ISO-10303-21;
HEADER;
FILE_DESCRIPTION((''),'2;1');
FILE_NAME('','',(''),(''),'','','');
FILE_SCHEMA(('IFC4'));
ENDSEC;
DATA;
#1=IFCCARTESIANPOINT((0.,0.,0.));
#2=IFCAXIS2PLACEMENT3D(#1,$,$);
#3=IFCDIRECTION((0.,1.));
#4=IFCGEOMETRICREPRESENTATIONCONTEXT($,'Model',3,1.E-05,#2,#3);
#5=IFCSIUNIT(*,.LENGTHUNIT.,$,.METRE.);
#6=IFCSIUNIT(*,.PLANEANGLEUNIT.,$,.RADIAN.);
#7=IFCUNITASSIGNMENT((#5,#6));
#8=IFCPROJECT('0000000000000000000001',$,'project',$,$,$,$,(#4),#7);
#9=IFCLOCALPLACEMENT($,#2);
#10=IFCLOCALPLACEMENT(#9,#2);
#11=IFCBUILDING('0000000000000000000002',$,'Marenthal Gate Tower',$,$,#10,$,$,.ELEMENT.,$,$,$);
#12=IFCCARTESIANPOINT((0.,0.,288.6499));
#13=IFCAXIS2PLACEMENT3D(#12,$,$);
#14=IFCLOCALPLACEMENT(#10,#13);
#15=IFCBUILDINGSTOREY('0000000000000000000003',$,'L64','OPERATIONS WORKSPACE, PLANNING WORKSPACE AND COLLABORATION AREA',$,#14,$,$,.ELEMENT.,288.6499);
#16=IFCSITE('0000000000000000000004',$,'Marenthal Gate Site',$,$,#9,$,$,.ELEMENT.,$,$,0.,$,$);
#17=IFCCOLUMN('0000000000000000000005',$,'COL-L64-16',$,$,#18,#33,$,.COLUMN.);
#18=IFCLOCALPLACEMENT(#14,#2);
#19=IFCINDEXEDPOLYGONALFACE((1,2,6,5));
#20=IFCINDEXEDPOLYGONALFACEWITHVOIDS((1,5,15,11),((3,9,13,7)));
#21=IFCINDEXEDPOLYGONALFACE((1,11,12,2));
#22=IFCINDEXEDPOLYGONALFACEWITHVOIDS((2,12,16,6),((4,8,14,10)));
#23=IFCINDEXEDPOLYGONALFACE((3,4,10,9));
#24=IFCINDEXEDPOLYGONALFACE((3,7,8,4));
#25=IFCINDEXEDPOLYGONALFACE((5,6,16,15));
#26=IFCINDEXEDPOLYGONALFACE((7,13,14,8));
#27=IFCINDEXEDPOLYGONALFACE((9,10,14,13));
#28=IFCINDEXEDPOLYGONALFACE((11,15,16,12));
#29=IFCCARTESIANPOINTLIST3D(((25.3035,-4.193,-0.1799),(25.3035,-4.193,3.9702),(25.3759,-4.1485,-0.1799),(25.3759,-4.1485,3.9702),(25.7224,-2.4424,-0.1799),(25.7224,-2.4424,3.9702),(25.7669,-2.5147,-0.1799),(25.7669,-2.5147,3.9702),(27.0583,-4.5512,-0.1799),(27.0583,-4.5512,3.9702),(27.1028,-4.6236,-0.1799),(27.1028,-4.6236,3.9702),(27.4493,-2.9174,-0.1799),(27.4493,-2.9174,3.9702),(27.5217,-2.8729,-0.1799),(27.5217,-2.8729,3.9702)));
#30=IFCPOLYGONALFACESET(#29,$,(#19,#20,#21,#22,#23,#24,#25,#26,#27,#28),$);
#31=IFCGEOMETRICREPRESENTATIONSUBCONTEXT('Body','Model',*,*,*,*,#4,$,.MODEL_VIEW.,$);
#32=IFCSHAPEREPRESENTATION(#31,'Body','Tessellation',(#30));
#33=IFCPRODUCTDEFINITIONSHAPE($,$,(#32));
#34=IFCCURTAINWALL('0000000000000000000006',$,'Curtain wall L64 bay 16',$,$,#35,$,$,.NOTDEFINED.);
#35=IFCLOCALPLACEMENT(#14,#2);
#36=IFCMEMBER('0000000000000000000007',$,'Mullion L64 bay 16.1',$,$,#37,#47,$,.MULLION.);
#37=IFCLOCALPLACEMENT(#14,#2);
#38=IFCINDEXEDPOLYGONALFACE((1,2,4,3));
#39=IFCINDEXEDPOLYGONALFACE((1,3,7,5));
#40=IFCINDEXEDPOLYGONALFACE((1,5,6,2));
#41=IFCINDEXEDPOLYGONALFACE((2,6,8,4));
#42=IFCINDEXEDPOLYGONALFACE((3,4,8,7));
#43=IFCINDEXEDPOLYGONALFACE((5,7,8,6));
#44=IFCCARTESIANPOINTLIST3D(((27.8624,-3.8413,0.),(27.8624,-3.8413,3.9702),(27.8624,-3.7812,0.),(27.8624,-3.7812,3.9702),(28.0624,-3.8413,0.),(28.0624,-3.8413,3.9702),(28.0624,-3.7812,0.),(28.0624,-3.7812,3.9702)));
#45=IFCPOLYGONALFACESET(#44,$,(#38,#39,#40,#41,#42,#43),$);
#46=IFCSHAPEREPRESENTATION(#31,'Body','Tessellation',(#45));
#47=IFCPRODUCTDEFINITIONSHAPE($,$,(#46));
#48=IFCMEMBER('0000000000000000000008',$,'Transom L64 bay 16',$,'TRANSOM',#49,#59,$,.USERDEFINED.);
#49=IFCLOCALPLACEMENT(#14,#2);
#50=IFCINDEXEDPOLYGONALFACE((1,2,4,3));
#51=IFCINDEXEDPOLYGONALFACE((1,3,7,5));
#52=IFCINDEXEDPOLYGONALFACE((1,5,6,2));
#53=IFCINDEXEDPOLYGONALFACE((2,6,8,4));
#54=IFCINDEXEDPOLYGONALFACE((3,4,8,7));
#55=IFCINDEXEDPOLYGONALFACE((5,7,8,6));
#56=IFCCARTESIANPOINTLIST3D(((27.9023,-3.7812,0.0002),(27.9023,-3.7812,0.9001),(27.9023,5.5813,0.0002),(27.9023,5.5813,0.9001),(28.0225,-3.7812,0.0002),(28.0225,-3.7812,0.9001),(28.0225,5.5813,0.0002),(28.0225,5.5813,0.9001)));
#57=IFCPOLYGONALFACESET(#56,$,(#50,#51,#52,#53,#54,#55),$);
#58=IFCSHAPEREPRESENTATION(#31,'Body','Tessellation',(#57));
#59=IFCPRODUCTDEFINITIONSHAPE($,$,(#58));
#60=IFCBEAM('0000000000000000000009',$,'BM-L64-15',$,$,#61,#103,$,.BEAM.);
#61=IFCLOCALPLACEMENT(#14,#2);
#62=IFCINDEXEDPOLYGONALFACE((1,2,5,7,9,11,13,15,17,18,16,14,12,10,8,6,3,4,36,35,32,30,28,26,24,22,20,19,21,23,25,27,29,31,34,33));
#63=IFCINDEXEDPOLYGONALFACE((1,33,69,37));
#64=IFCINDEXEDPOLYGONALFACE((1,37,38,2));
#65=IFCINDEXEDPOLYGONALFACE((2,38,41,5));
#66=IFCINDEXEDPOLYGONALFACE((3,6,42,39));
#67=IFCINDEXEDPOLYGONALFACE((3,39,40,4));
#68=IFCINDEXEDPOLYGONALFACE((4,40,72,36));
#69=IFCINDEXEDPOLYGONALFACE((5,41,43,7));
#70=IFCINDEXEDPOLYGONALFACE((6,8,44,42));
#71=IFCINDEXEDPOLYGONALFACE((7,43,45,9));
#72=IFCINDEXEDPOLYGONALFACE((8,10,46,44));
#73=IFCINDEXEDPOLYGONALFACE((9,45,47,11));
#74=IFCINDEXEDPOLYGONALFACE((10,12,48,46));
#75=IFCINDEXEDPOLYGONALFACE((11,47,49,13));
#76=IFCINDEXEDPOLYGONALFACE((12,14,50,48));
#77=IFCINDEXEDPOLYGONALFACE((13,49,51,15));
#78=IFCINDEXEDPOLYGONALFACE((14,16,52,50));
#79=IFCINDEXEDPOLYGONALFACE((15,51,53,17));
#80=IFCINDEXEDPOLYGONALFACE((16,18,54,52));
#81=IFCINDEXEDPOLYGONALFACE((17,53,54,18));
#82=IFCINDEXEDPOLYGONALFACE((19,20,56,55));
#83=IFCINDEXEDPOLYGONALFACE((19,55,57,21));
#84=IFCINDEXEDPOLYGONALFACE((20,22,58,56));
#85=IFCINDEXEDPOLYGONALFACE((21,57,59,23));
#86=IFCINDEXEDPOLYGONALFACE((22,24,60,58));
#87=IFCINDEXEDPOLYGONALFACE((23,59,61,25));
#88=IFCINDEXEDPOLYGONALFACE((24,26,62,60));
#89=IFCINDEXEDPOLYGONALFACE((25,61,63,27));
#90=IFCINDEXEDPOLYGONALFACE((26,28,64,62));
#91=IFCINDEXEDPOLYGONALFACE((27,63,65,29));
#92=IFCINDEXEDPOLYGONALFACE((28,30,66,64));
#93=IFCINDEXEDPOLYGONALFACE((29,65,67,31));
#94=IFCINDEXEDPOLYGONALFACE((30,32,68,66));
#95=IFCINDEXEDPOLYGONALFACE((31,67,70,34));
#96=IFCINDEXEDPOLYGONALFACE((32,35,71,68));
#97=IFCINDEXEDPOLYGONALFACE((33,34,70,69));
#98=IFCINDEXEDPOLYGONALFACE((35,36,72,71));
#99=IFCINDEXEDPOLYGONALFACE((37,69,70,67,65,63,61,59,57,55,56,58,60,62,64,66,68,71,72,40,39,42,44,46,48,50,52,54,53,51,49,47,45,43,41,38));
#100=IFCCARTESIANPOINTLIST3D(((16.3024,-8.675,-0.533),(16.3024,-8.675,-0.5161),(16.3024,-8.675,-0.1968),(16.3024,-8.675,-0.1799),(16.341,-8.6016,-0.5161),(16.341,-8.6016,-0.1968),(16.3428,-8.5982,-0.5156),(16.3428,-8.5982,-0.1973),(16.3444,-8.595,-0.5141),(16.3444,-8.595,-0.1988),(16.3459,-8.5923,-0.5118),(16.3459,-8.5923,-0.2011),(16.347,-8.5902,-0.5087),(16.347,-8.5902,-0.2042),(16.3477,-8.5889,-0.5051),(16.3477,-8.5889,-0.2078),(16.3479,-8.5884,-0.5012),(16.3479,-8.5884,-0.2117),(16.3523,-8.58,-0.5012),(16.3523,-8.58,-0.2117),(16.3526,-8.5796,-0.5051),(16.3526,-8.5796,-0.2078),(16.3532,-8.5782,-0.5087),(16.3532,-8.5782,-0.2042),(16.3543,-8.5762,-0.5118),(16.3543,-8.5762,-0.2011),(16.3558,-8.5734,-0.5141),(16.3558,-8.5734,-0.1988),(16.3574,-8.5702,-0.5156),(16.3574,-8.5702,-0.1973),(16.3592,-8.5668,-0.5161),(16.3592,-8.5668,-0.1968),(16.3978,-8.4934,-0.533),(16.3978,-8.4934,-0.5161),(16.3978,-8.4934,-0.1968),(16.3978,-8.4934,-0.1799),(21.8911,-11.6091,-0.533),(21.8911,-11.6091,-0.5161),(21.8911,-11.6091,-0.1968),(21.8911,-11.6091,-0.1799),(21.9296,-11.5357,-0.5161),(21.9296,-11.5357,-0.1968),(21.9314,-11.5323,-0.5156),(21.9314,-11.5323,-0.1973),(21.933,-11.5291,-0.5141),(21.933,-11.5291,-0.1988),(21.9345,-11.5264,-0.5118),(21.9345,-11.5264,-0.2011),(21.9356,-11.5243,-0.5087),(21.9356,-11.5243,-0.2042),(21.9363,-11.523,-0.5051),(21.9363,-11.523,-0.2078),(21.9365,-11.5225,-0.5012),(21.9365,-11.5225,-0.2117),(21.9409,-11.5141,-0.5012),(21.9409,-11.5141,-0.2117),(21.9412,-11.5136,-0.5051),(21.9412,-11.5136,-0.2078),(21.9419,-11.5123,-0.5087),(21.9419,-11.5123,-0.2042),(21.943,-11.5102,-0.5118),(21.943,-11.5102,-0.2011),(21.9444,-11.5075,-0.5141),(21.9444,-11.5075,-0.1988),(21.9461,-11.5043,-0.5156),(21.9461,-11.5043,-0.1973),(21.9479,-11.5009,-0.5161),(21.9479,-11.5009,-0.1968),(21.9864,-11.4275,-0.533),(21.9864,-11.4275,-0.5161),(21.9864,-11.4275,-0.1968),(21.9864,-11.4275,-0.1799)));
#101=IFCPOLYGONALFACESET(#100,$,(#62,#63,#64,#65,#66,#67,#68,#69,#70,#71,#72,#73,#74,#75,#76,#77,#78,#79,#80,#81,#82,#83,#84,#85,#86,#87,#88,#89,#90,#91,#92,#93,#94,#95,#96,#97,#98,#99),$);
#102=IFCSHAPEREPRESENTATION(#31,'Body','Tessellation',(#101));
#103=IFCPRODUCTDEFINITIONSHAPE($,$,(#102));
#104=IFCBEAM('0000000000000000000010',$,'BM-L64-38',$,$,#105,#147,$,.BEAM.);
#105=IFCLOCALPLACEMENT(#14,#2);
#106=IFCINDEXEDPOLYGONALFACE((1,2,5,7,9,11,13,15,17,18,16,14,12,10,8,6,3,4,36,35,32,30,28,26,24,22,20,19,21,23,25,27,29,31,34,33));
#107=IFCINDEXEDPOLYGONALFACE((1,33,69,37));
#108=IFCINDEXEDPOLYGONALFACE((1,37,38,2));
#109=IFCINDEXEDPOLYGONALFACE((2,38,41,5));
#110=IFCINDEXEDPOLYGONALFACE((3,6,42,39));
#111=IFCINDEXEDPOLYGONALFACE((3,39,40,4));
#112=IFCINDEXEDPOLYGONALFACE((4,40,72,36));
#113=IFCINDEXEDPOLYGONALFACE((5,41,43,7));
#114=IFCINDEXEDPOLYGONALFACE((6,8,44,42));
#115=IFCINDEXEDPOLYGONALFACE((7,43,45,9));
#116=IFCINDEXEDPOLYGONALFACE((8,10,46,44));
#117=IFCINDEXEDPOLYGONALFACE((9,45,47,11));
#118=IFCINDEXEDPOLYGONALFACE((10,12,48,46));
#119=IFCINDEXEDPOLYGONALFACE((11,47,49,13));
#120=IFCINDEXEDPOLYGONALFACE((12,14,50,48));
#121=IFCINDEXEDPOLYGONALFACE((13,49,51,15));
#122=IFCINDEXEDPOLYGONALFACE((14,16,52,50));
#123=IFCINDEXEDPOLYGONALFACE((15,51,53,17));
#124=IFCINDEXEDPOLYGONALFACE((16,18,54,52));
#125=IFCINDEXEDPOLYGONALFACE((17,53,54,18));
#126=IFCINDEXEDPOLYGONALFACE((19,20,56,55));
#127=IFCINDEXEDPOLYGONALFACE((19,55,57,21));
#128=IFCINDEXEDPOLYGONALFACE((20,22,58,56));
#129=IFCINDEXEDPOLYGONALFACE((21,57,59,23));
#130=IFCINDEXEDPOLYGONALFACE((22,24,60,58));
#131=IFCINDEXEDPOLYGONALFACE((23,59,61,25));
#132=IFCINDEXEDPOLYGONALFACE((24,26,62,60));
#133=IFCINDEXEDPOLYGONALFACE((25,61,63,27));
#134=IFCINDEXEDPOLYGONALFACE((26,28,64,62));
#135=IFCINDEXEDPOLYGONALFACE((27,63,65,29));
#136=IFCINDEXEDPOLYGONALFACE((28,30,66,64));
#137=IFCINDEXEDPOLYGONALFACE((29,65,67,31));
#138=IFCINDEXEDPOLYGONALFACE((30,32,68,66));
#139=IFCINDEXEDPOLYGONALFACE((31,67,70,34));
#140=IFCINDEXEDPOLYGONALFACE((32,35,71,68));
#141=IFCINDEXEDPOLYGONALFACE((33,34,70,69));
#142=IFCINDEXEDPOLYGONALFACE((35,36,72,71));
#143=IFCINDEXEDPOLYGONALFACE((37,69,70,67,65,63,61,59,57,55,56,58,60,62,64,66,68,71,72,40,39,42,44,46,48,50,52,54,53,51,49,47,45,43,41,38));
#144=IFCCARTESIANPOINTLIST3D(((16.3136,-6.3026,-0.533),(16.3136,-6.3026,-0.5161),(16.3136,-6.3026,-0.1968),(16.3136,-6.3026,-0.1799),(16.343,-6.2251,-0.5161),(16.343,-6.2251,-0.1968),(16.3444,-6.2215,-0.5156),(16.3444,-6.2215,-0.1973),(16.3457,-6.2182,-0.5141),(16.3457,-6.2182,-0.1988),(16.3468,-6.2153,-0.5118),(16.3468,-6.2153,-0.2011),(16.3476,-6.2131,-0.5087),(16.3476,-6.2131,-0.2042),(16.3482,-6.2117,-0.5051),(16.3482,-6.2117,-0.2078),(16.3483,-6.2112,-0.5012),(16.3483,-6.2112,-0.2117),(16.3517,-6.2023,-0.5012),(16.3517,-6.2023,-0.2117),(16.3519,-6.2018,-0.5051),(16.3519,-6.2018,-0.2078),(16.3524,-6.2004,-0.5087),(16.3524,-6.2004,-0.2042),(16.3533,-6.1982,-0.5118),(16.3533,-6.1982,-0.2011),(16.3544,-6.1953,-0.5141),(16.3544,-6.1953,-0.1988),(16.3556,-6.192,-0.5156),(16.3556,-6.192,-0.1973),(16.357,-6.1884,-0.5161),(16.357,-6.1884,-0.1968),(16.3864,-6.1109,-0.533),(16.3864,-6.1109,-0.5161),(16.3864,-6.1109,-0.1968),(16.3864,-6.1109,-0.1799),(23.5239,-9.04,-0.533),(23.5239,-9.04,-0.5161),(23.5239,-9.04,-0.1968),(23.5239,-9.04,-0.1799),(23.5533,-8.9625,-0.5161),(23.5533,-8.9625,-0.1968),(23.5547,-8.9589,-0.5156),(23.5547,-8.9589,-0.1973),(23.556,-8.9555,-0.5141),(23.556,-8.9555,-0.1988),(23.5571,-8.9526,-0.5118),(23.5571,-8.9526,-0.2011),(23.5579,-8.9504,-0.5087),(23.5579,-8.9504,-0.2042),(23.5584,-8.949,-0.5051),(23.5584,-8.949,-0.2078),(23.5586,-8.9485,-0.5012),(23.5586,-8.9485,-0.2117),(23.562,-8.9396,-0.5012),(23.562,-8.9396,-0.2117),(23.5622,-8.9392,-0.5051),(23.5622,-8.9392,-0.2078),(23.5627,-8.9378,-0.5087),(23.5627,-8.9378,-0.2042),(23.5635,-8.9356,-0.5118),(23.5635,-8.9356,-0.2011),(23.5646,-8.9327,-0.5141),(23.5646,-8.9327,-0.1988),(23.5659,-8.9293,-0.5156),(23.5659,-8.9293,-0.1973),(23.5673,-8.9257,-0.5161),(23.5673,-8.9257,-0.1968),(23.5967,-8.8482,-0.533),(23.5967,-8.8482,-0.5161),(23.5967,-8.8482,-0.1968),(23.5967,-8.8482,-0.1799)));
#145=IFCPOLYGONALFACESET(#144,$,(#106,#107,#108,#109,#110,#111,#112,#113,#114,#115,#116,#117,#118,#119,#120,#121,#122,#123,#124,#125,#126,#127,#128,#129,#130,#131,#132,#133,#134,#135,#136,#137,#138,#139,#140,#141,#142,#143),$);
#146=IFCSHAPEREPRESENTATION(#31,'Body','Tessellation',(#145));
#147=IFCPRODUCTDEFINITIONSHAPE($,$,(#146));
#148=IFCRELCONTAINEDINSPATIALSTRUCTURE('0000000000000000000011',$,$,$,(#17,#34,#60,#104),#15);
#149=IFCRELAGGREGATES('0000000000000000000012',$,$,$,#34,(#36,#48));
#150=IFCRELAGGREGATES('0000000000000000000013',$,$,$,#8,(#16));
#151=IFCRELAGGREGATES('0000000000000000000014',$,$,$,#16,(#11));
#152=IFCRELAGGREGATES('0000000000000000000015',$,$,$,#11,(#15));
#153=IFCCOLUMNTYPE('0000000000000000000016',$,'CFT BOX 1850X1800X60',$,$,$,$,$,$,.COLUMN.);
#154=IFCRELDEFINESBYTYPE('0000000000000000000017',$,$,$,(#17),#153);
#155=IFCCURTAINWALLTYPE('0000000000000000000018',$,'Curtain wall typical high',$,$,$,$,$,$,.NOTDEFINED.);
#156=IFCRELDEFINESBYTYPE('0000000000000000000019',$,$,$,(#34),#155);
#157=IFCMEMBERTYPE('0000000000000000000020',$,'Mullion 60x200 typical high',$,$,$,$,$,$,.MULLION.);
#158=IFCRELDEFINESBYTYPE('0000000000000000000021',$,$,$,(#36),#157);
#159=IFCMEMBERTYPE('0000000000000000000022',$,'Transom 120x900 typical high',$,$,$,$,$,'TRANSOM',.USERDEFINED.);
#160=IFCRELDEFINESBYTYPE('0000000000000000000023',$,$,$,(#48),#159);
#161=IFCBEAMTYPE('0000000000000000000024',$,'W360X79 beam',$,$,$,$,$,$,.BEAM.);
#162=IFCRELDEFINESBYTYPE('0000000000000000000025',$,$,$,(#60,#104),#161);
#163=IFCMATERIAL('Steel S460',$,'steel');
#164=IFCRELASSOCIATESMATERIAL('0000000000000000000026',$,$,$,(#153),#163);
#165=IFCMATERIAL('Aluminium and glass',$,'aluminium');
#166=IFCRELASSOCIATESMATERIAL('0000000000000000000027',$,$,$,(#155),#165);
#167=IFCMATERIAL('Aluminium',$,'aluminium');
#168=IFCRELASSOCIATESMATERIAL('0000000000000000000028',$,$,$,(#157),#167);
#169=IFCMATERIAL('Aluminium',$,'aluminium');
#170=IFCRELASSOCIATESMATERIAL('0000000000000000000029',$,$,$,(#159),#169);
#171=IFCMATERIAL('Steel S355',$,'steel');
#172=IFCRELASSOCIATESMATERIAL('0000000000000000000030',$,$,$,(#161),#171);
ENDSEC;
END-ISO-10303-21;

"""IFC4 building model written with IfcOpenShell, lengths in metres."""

from ifc_helpers import new_model, si_unit, direction, frame, origin, origin_2d, place, context, subcontext, project, spatial, rectangle, hollow_rectangle, i_section, extrude, material, material_profile, profile_set, type_object, element, aggregate, save


model = new_model("IFC4")

# Units and contexts
model_context = context("Model", 3, precision=1e-05, world=origin(), true_north=direction((0.0, 1.0)))
body_context = subcontext(model_context, "Body", "Model", "MODEL_VIEW")
ifc_project = project(units=[si_unit("LENGTHUNIT", "METRE"), si_unit("PLANEANGLEUNIT", "RADIAN")], contexts=[model_context])

# Site, building, storey
site_placement = place(None, origin())
site = spatial("IfcSite", under=ifc_project, at=site_placement, Name="Marenthal Gate Site", CompositionType="ELEMENT", RefElevation=0.0)
building_placement = place(site_placement, origin())
building = spatial("IfcBuilding", under=site, at=building_placement, Name="Marenthal Gate Tower", CompositionType="ELEMENT")
storey_placement = place(building_placement, frame((0.0, 0.0, 288.6499)))
storey = spatial("IfcBuildingStorey", under=building, at=storey_placement, Name="L64", Description="OPERATIONS WORKSPACE, PLANNING WORKSPACE AND COLLABORATION AREA", CompositionType="ELEMENT", Elevation=288.6499)

# Column
ifc_material_1 = material(Name="Steel S460", Category="steel")
ifc_material_profile_1 = material_profile(ifc_material_1, hollow_rectangle(XDim=1.8, YDim=1.8501, WallThickness=0.0601, at=origin_2d()), Name="CFT BOX 1850X1800X60")
ifc_material_2 = material(Name="Concrete 70 MPa", Category="concrete")
ifc_material_profile_2 = material_profile(ifc_material_2, rectangle(XDim=1.6799, YDim=1.73, at=origin_2d()), Name="CFT BOX 1850X1800X60 INFILL")
ifc_profile_set_1 = profile_set([ifc_material_profile_1, ifc_material_profile_2], Name="Steel S460 shell, Concrete 70 MPa infill")
column_type = type_object("IfcColumnType", Name="CFT BOX 1850X1800X60", PredefinedType="COLUMN", material=ifc_profile_set_1)
column_placement = place(storey_placement, frame((26.4126, -3.533, -0.1799), z_axis=(0.0, 0.0, 1.0), x_axis=(-0.232739, -0.972539, 0.0)))
element("IfcColumn", 1, at=column_placement, inside=storey, type_object=column_type, Name="COL-L64-16", PredefinedType="COLUMN", context=body_context, shape_type="SweptSolid", body=[
    extrude(hollow_rectangle(XDim=1.8, YDim=1.8501, WallThickness=0.0601, at=origin_2d()), origin(), (0.0, 0.0, 1.0), 4.1501),
])

# Curtain wall, members
ifc_material_3 = material(Name="Aluminium and glass", Category="aluminium")
curtain_wall_type = type_object("IfcCurtainWallType", Name="Curtain wall typical high", PredefinedType="NOTDEFINED", material=ifc_material_3)
curtain_wall_placement = place(storey_placement, origin())
curtain_wall = element("IfcCurtainWall", 2, at=curtain_wall_placement, inside=storey, type_object=curtain_wall_type, Name="Curtain wall L64 bay 16", PredefinedType="NOTDEFINED")
ifc_material_4 = material(Name="Aluminium", Category="aluminium")
ifc_material_profile_3 = material_profile(ifc_material_4, rectangle(XDim=0.2, YDim=0.0601, at=origin_2d()), Name="60x200 aluminium mullion")
ifc_profile_set_2 = profile_set([ifc_material_profile_3], Name="Aluminium")
member_type_1 = type_object("IfcMemberType", Name="Mullion 60x200 typical high", PredefinedType="MULLION", material=ifc_profile_set_2)
member_1_placement = place(storey_placement, frame((27.9624, -3.8113, 0.0), z_axis=(0.0, 0.0, 1.0), x_axis=(-1.0, 0.0, 0.0)))
member_1 = element("IfcMember", 3, at=member_1_placement, type_object=member_type_1, Name="Mullion L64 bay 16.1", PredefinedType="MULLION", context=body_context, shape_type="SweptSolid", body=[
    extrude(rectangle(XDim=0.2, YDim=0.0601, at=origin_2d()), origin(), (0.0, 0.0, 1.0), 3.9702),
])
ifc_material_5 = material(Name="Aluminium", Category="aluminium")
ifc_material_profile_4 = material_profile(ifc_material_5, rectangle(XDim=0.1201, YDim=0.8999, at=origin_2d()), Name="120x900 aluminium transom")
ifc_profile_set_3 = profile_set([ifc_material_profile_4], Name="Aluminium")
member_type_2 = type_object("IfcMemberType", Name="Transom 120x900 typical high", ElementType="TRANSOM", PredefinedType="USERDEFINED", material=ifc_profile_set_3)
member_2_placement = place(storey_placement, frame((27.9624, -3.7812, 0.4502), z_axis=(0.0, 1.0, 0.0), x_axis=(-1.0, 0.0, 0.0)))
member_2 = element("IfcMember", 4, at=member_2_placement, type_object=member_type_2, Name="Transom L64 bay 16", ObjectType="TRANSOM", PredefinedType="USERDEFINED", context=body_context, shape_type="SweptSolid", body=[
    extrude(rectangle(XDim=0.1201, YDim=0.8999, at=origin_2d()), origin(), (0.0, 0.0, 1.0), 9.3625),
])

# Beams
ifc_material_6 = material(Name="Steel S355", Category="steel")
ifc_material_profile_5 = material_profile(ifc_material_6, i_section(OverallWidth=0.2051, OverallDepth=0.353, WebThickness=0.0095, FlangeThickness=0.0168, FilletRadius=0.0149, at=origin_2d()), Name="W360X79")
ifc_profile_set_4 = profile_set([ifc_material_profile_5], Name="Steel S355")
beam_type_1 = type_object("IfcBeamType", Name="W360X79 beam", PredefinedType="BEAM", material=ifc_profile_set_4)
beam_1_placement = place(storey_placement, frame((21.9387, -11.5183, -0.3564), z_axis=(-0.885394, 0.464841, 0.0), x_axis=(-0.464841, -0.885394, 0.0)))
element("IfcBeam", 5, at=beam_1_placement, inside=storey, type_object=beam_type_1, Name="BM-L64-15", PredefinedType="BEAM", context=body_context, shape_type="SweptSolid", body=[
    extrude(i_section(OverallWidth=0.2051, OverallDepth=0.353, WebThickness=0.0095, FlangeThickness=0.0168, FilletRadius=0.0149, at=origin_2d()), origin(), (0.0, 0.0, 1.0), 6.312),
])
beam_2_placement = place(storey_placement, frame((23.5603, -8.9441, -0.3564), z_axis=(-0.934894, 0.354926, 0.0), x_axis=(-0.354926, -0.934894, 0.0)))
element("IfcBeam", 6, at=beam_2_placement, inside=storey, type_object=beam_type_1, Name="BM-L64-38", PredefinedType="BEAM", context=body_context, shape_type="SweptSolid", body=[
    extrude(i_section(OverallWidth=0.2051, OverallDepth=0.353, WebThickness=0.0095, FlangeThickness=0.0168, FilletRadius=0.0149, at=origin_2d()), origin(), (0.0, 0.0, 1.0), 7.7124),
])

aggregate(curtain_wall, [member_1, member_2])

save(model, "model.ifc")
